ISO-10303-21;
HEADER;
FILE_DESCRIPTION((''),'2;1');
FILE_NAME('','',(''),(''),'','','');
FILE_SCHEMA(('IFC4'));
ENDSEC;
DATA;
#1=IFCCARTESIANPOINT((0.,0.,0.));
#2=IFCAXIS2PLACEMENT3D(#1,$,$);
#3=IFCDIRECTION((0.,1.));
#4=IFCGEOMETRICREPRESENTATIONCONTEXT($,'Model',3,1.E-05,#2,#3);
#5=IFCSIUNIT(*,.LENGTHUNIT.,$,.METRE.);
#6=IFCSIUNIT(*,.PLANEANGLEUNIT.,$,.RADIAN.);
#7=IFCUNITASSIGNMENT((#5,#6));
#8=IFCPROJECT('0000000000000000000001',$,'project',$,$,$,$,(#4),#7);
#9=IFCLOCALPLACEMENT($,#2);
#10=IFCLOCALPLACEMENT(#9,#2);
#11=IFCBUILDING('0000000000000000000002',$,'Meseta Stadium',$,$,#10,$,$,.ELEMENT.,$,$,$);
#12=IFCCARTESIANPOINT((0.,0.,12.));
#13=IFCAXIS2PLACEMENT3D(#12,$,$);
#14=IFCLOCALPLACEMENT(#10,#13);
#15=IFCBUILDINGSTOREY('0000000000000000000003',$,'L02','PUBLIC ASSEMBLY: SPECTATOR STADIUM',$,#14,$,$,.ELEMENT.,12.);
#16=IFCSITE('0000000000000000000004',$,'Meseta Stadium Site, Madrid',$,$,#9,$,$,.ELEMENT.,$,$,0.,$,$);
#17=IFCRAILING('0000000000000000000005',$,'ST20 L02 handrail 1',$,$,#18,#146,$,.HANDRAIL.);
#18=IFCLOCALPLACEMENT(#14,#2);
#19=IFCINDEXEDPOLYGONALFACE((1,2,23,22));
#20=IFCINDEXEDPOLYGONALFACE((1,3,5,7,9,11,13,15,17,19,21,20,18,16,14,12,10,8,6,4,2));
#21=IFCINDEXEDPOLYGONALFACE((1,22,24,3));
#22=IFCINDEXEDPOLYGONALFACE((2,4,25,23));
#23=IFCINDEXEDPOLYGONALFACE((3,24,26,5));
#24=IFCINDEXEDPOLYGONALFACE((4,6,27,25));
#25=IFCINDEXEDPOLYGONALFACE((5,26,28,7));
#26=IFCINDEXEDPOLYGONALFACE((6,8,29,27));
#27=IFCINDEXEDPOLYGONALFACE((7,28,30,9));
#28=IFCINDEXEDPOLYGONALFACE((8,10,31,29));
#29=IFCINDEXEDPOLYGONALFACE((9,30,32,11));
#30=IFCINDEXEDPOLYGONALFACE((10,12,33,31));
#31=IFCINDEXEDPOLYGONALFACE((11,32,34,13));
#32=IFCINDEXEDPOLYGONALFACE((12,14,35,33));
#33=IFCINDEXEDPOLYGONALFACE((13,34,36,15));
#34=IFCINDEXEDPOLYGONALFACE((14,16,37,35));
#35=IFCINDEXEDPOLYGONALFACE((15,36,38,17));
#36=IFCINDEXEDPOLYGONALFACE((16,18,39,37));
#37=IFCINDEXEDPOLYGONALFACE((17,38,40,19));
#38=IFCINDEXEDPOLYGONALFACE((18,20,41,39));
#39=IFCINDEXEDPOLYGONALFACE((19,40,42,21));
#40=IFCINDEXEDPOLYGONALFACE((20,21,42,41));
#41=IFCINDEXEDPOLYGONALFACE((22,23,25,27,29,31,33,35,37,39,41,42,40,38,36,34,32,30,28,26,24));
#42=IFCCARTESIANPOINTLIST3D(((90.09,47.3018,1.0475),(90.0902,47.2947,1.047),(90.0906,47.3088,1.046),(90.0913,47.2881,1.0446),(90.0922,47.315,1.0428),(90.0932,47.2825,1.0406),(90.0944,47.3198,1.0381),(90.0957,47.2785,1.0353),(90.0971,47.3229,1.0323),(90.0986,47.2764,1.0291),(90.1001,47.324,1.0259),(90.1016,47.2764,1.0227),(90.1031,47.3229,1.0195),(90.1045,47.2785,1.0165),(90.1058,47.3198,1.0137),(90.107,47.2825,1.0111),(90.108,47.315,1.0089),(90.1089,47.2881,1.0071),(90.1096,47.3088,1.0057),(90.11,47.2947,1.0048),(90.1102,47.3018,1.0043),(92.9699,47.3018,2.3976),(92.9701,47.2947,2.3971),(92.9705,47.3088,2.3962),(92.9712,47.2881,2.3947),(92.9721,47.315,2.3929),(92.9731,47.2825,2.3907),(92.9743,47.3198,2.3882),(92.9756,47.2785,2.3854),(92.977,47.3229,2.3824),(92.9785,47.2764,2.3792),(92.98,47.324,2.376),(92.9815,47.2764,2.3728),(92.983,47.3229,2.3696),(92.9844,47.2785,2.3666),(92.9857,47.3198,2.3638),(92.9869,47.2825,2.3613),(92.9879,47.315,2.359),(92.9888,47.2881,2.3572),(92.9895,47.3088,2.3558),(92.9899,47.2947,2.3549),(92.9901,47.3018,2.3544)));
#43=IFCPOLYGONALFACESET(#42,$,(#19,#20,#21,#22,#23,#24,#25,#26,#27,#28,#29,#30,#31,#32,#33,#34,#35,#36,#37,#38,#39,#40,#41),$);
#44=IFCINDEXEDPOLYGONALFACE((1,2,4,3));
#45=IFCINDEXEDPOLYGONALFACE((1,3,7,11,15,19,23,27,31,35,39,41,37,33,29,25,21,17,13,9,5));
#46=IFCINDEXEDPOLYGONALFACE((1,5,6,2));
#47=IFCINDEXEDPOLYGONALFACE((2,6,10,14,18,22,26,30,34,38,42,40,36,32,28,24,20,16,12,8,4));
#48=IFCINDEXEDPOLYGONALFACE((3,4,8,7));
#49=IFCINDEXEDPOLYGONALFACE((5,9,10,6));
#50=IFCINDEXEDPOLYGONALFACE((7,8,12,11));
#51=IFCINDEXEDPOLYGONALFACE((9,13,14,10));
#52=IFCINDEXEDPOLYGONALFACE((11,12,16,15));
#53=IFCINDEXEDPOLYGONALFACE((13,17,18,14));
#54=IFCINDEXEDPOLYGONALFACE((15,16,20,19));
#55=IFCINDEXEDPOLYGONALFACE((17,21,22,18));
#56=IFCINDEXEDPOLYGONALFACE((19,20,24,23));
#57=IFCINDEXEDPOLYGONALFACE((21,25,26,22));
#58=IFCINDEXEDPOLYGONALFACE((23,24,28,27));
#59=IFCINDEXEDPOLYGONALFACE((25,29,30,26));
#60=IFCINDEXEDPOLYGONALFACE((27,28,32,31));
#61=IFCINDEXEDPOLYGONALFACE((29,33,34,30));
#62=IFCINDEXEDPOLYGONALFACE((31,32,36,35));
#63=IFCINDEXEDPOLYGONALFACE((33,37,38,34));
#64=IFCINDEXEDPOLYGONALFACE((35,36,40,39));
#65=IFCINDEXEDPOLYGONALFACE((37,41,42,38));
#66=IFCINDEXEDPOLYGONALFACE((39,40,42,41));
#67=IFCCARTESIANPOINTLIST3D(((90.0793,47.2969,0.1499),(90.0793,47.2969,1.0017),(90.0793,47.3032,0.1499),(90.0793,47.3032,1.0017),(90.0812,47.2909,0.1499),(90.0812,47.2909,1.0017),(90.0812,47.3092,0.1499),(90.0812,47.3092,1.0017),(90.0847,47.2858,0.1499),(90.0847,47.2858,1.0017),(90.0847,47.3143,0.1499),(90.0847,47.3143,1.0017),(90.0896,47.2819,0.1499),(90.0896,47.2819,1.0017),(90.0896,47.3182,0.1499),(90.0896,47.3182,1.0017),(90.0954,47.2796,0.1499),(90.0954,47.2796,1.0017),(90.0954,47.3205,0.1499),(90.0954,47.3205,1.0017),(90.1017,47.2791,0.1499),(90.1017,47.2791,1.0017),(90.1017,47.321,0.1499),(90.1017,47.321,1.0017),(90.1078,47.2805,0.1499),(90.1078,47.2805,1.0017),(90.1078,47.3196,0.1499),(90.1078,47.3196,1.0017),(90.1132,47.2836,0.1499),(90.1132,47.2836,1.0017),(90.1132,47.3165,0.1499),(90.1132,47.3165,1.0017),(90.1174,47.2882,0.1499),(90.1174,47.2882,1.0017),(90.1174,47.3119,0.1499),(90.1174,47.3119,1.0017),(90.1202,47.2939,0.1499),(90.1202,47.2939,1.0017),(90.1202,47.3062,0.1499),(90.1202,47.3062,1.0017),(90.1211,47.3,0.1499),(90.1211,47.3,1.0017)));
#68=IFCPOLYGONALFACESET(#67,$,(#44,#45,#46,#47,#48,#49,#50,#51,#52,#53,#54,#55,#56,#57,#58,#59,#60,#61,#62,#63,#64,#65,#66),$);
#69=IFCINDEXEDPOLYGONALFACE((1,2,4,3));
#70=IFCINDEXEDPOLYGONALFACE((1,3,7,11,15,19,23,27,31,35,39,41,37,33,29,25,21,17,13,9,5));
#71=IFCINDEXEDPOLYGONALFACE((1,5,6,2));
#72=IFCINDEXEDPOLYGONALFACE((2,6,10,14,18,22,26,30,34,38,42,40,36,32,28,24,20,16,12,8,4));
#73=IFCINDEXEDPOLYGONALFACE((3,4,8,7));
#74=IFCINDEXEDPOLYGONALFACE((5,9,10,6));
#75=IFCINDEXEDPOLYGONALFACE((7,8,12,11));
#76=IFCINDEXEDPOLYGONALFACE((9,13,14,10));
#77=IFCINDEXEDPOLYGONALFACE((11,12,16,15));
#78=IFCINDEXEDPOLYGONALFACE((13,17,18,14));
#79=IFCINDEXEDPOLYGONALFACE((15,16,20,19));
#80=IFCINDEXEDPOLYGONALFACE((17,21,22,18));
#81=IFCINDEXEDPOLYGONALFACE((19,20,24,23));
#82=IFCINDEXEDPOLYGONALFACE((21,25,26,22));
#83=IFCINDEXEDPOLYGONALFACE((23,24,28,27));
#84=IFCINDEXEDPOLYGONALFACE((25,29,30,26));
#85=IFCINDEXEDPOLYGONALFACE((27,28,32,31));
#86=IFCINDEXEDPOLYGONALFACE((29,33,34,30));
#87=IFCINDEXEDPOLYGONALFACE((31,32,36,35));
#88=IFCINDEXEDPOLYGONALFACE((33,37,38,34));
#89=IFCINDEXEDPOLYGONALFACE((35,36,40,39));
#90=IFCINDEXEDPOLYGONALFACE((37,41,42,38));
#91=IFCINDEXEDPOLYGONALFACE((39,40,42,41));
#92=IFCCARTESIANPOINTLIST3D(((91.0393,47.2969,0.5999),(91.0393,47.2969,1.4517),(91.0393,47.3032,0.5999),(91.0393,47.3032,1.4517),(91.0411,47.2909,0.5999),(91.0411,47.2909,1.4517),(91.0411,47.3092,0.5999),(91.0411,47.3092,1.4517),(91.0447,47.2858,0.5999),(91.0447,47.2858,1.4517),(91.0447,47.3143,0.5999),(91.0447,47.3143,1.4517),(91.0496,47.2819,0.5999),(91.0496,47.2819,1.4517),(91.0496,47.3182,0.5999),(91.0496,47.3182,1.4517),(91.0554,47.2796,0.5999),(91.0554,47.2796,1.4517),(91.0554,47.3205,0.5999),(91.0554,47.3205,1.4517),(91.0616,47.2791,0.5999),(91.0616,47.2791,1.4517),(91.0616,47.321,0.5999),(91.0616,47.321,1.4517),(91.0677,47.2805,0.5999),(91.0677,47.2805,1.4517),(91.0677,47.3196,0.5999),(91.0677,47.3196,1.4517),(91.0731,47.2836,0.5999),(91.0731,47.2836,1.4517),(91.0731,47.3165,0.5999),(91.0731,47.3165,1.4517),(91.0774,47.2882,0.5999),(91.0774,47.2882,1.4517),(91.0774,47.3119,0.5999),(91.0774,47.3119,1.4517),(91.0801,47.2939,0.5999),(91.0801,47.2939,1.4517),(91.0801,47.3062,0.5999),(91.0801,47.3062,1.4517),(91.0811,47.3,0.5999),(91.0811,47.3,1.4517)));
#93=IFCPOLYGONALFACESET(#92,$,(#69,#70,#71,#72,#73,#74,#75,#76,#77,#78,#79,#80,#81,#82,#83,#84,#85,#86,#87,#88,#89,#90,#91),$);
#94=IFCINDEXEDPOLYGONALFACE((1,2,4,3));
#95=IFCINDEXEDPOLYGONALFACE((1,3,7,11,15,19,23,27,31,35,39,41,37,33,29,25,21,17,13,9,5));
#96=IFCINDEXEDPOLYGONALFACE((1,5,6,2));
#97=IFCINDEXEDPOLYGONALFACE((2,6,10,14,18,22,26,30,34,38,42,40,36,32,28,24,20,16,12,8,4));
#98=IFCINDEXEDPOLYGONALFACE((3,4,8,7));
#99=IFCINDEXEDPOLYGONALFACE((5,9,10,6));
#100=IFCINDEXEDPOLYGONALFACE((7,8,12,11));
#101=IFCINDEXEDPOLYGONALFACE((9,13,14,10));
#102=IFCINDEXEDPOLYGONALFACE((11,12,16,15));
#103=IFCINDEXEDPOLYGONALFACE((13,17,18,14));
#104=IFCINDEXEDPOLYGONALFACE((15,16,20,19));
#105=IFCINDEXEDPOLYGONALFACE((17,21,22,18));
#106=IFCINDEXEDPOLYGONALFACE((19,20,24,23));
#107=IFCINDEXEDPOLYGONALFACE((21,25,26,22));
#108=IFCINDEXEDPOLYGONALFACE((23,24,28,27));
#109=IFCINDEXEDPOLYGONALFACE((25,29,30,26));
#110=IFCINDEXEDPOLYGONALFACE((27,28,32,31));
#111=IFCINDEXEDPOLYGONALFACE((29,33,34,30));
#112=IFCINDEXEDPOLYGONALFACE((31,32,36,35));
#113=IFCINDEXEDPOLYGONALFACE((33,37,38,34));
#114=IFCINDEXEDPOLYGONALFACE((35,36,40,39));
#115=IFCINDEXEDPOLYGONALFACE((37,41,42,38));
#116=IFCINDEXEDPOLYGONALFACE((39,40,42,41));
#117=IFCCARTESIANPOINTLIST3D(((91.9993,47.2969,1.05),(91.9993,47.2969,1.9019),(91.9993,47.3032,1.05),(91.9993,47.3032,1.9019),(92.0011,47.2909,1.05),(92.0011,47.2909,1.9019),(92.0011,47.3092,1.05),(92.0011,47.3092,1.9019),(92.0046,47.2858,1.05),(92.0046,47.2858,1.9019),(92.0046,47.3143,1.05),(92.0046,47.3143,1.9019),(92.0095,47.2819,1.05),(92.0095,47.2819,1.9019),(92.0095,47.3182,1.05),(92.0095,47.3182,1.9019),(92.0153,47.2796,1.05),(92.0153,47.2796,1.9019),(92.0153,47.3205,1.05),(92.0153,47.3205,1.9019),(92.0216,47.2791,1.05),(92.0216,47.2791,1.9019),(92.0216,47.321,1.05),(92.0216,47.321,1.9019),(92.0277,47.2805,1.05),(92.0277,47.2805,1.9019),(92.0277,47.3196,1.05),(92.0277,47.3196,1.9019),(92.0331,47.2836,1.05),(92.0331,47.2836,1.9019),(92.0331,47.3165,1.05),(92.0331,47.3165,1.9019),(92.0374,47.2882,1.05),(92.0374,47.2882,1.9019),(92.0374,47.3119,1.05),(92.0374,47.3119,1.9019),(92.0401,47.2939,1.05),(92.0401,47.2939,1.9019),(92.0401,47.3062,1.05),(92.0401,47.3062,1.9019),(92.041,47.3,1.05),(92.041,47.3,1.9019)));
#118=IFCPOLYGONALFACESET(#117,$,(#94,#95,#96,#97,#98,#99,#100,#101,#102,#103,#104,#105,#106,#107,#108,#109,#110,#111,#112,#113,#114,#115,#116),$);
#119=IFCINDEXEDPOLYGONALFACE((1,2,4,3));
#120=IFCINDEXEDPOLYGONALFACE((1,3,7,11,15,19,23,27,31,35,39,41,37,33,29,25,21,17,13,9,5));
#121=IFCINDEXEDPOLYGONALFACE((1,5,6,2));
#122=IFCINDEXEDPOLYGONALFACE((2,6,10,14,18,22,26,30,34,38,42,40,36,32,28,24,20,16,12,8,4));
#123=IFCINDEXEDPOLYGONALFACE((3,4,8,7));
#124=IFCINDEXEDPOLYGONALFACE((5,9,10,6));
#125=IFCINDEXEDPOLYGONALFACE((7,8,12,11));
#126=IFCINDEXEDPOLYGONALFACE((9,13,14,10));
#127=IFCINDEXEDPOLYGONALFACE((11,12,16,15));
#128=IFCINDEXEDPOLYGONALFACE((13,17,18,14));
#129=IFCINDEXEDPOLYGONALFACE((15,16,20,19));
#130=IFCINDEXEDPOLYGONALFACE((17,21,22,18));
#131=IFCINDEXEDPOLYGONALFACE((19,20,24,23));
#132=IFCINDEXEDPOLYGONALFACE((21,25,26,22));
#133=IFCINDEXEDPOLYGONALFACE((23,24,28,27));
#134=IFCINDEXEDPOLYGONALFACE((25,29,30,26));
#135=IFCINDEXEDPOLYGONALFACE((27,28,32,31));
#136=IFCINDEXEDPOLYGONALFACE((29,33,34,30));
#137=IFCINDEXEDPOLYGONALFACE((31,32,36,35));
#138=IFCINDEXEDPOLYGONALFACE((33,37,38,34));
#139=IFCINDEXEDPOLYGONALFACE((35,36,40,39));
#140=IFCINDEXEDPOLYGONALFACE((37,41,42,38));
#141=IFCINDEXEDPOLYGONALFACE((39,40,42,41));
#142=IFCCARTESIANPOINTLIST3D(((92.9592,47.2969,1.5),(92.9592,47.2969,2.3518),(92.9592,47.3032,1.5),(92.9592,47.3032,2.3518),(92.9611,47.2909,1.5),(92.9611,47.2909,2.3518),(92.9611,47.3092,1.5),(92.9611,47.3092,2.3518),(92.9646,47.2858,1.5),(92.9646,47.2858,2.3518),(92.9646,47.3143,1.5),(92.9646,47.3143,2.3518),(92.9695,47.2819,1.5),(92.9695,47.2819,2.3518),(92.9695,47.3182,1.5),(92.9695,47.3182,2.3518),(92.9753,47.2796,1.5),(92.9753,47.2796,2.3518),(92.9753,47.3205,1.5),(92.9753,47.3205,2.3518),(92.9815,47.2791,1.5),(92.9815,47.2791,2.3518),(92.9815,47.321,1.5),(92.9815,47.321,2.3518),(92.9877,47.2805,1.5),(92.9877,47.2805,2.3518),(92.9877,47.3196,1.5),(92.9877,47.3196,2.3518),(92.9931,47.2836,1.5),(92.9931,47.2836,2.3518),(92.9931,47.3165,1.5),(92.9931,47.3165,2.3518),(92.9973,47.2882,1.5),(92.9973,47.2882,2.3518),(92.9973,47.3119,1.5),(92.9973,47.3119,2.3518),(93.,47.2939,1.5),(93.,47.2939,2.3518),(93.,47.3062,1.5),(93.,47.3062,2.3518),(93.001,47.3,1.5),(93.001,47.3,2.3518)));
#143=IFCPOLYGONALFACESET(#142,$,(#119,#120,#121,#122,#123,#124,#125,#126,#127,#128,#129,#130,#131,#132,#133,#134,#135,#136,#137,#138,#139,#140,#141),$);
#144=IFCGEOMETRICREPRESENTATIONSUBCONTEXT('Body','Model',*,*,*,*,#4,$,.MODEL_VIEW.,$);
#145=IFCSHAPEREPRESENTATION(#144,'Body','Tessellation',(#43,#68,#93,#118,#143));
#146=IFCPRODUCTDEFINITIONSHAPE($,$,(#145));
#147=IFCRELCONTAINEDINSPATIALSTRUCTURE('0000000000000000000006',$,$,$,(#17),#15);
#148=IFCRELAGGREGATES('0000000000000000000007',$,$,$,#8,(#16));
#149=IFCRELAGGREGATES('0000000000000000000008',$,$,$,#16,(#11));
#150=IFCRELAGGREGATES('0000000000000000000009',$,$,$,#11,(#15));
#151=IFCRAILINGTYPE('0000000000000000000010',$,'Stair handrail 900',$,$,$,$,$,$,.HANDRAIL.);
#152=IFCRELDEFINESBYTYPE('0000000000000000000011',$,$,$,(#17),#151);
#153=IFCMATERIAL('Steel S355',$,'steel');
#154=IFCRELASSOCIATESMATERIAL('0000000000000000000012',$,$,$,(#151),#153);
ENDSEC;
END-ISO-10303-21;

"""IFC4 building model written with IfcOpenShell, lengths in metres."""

from ifc_helpers import new_model, si_unit, direction, frame, origin, origin_2d, place, context, subcontext, project, spatial, circle, extrude, material, type_object, element, save


model = new_model("IFC4")

# Units and contexts
model_context = context("Model", 3, precision=1e-05, world=origin(), true_north=direction((0.0, 1.0)))
body_context = subcontext(model_context, "Body", "Model", "MODEL_VIEW")
ifc_project = project(units=[si_unit("LENGTHUNIT", "METRE"), si_unit("PLANEANGLEUNIT", "RADIAN")], contexts=[model_context])

# Site, building, storey
site_placement = place(None, origin())
site = spatial("IfcSite", under=ifc_project, at=site_placement, Name="Meseta Stadium Site, Madrid", CompositionType="ELEMENT", RefElevation=0.0)
building_placement = place(site_placement, origin())
building = spatial("IfcBuilding", under=site, at=building_placement, Name="Meseta Stadium", CompositionType="ELEMENT")
storey_placement = place(building_placement, frame((0.0, 0.0, 12.0)))
storey = spatial("IfcBuildingStorey", under=building, at=storey_placement, Name="L02", Description="PUBLIC ASSEMBLY: SPECTATOR STADIUM", CompositionType="ELEMENT", Elevation=12.0)

# Railing
ifc_material_1 = material(Name="Steel S355", Category="steel")
railing_type_1 = type_object("IfcRailingType", Name="Stair handrail 900", PredefinedType="HANDRAIL", material=ifc_material_1)
railing_1_placement = place(storey_placement, frame((90.1001, 47.3, 0.1499)))
element("IfcRailing", 1, at=railing_1_placement, inside=storey, type_object=railing_type_1, Name="ST20 L02 handrail 1", PredefinedType="HANDRAIL", context=body_context, shape_type="SweptSolid", body=[
    extrude(circle(Radius=0.0239, at=origin_2d()), frame((0.0, 0.0, 0.876), z_axis=(0.90544, 0.0, 0.424473), x_axis=(0.0, 1.0, 0.0)), (0.0, 0.0, 1.0), 3.1807),
    extrude(circle(Radius=0.021, at=origin_2d()), origin(), (0.0, 0.0, 1.0), 0.8518),
    extrude(circle(Radius=0.021, at=origin_2d()), frame((0.96, 0.0, 0.45)), (0.0, 0.0, 1.0), 0.8518),
    extrude(circle(Radius=0.021, at=origin_2d()), frame((1.9199, 0.0, 0.9001)), (0.0, 0.0, 1.0), 0.8518),
    extrude(circle(Radius=0.021, at=origin_2d()), frame((2.8799, 0.0, 1.3501)), (0.0, 0.0, 1.0), 0.8518),
])

save(model, "model.ifc")
